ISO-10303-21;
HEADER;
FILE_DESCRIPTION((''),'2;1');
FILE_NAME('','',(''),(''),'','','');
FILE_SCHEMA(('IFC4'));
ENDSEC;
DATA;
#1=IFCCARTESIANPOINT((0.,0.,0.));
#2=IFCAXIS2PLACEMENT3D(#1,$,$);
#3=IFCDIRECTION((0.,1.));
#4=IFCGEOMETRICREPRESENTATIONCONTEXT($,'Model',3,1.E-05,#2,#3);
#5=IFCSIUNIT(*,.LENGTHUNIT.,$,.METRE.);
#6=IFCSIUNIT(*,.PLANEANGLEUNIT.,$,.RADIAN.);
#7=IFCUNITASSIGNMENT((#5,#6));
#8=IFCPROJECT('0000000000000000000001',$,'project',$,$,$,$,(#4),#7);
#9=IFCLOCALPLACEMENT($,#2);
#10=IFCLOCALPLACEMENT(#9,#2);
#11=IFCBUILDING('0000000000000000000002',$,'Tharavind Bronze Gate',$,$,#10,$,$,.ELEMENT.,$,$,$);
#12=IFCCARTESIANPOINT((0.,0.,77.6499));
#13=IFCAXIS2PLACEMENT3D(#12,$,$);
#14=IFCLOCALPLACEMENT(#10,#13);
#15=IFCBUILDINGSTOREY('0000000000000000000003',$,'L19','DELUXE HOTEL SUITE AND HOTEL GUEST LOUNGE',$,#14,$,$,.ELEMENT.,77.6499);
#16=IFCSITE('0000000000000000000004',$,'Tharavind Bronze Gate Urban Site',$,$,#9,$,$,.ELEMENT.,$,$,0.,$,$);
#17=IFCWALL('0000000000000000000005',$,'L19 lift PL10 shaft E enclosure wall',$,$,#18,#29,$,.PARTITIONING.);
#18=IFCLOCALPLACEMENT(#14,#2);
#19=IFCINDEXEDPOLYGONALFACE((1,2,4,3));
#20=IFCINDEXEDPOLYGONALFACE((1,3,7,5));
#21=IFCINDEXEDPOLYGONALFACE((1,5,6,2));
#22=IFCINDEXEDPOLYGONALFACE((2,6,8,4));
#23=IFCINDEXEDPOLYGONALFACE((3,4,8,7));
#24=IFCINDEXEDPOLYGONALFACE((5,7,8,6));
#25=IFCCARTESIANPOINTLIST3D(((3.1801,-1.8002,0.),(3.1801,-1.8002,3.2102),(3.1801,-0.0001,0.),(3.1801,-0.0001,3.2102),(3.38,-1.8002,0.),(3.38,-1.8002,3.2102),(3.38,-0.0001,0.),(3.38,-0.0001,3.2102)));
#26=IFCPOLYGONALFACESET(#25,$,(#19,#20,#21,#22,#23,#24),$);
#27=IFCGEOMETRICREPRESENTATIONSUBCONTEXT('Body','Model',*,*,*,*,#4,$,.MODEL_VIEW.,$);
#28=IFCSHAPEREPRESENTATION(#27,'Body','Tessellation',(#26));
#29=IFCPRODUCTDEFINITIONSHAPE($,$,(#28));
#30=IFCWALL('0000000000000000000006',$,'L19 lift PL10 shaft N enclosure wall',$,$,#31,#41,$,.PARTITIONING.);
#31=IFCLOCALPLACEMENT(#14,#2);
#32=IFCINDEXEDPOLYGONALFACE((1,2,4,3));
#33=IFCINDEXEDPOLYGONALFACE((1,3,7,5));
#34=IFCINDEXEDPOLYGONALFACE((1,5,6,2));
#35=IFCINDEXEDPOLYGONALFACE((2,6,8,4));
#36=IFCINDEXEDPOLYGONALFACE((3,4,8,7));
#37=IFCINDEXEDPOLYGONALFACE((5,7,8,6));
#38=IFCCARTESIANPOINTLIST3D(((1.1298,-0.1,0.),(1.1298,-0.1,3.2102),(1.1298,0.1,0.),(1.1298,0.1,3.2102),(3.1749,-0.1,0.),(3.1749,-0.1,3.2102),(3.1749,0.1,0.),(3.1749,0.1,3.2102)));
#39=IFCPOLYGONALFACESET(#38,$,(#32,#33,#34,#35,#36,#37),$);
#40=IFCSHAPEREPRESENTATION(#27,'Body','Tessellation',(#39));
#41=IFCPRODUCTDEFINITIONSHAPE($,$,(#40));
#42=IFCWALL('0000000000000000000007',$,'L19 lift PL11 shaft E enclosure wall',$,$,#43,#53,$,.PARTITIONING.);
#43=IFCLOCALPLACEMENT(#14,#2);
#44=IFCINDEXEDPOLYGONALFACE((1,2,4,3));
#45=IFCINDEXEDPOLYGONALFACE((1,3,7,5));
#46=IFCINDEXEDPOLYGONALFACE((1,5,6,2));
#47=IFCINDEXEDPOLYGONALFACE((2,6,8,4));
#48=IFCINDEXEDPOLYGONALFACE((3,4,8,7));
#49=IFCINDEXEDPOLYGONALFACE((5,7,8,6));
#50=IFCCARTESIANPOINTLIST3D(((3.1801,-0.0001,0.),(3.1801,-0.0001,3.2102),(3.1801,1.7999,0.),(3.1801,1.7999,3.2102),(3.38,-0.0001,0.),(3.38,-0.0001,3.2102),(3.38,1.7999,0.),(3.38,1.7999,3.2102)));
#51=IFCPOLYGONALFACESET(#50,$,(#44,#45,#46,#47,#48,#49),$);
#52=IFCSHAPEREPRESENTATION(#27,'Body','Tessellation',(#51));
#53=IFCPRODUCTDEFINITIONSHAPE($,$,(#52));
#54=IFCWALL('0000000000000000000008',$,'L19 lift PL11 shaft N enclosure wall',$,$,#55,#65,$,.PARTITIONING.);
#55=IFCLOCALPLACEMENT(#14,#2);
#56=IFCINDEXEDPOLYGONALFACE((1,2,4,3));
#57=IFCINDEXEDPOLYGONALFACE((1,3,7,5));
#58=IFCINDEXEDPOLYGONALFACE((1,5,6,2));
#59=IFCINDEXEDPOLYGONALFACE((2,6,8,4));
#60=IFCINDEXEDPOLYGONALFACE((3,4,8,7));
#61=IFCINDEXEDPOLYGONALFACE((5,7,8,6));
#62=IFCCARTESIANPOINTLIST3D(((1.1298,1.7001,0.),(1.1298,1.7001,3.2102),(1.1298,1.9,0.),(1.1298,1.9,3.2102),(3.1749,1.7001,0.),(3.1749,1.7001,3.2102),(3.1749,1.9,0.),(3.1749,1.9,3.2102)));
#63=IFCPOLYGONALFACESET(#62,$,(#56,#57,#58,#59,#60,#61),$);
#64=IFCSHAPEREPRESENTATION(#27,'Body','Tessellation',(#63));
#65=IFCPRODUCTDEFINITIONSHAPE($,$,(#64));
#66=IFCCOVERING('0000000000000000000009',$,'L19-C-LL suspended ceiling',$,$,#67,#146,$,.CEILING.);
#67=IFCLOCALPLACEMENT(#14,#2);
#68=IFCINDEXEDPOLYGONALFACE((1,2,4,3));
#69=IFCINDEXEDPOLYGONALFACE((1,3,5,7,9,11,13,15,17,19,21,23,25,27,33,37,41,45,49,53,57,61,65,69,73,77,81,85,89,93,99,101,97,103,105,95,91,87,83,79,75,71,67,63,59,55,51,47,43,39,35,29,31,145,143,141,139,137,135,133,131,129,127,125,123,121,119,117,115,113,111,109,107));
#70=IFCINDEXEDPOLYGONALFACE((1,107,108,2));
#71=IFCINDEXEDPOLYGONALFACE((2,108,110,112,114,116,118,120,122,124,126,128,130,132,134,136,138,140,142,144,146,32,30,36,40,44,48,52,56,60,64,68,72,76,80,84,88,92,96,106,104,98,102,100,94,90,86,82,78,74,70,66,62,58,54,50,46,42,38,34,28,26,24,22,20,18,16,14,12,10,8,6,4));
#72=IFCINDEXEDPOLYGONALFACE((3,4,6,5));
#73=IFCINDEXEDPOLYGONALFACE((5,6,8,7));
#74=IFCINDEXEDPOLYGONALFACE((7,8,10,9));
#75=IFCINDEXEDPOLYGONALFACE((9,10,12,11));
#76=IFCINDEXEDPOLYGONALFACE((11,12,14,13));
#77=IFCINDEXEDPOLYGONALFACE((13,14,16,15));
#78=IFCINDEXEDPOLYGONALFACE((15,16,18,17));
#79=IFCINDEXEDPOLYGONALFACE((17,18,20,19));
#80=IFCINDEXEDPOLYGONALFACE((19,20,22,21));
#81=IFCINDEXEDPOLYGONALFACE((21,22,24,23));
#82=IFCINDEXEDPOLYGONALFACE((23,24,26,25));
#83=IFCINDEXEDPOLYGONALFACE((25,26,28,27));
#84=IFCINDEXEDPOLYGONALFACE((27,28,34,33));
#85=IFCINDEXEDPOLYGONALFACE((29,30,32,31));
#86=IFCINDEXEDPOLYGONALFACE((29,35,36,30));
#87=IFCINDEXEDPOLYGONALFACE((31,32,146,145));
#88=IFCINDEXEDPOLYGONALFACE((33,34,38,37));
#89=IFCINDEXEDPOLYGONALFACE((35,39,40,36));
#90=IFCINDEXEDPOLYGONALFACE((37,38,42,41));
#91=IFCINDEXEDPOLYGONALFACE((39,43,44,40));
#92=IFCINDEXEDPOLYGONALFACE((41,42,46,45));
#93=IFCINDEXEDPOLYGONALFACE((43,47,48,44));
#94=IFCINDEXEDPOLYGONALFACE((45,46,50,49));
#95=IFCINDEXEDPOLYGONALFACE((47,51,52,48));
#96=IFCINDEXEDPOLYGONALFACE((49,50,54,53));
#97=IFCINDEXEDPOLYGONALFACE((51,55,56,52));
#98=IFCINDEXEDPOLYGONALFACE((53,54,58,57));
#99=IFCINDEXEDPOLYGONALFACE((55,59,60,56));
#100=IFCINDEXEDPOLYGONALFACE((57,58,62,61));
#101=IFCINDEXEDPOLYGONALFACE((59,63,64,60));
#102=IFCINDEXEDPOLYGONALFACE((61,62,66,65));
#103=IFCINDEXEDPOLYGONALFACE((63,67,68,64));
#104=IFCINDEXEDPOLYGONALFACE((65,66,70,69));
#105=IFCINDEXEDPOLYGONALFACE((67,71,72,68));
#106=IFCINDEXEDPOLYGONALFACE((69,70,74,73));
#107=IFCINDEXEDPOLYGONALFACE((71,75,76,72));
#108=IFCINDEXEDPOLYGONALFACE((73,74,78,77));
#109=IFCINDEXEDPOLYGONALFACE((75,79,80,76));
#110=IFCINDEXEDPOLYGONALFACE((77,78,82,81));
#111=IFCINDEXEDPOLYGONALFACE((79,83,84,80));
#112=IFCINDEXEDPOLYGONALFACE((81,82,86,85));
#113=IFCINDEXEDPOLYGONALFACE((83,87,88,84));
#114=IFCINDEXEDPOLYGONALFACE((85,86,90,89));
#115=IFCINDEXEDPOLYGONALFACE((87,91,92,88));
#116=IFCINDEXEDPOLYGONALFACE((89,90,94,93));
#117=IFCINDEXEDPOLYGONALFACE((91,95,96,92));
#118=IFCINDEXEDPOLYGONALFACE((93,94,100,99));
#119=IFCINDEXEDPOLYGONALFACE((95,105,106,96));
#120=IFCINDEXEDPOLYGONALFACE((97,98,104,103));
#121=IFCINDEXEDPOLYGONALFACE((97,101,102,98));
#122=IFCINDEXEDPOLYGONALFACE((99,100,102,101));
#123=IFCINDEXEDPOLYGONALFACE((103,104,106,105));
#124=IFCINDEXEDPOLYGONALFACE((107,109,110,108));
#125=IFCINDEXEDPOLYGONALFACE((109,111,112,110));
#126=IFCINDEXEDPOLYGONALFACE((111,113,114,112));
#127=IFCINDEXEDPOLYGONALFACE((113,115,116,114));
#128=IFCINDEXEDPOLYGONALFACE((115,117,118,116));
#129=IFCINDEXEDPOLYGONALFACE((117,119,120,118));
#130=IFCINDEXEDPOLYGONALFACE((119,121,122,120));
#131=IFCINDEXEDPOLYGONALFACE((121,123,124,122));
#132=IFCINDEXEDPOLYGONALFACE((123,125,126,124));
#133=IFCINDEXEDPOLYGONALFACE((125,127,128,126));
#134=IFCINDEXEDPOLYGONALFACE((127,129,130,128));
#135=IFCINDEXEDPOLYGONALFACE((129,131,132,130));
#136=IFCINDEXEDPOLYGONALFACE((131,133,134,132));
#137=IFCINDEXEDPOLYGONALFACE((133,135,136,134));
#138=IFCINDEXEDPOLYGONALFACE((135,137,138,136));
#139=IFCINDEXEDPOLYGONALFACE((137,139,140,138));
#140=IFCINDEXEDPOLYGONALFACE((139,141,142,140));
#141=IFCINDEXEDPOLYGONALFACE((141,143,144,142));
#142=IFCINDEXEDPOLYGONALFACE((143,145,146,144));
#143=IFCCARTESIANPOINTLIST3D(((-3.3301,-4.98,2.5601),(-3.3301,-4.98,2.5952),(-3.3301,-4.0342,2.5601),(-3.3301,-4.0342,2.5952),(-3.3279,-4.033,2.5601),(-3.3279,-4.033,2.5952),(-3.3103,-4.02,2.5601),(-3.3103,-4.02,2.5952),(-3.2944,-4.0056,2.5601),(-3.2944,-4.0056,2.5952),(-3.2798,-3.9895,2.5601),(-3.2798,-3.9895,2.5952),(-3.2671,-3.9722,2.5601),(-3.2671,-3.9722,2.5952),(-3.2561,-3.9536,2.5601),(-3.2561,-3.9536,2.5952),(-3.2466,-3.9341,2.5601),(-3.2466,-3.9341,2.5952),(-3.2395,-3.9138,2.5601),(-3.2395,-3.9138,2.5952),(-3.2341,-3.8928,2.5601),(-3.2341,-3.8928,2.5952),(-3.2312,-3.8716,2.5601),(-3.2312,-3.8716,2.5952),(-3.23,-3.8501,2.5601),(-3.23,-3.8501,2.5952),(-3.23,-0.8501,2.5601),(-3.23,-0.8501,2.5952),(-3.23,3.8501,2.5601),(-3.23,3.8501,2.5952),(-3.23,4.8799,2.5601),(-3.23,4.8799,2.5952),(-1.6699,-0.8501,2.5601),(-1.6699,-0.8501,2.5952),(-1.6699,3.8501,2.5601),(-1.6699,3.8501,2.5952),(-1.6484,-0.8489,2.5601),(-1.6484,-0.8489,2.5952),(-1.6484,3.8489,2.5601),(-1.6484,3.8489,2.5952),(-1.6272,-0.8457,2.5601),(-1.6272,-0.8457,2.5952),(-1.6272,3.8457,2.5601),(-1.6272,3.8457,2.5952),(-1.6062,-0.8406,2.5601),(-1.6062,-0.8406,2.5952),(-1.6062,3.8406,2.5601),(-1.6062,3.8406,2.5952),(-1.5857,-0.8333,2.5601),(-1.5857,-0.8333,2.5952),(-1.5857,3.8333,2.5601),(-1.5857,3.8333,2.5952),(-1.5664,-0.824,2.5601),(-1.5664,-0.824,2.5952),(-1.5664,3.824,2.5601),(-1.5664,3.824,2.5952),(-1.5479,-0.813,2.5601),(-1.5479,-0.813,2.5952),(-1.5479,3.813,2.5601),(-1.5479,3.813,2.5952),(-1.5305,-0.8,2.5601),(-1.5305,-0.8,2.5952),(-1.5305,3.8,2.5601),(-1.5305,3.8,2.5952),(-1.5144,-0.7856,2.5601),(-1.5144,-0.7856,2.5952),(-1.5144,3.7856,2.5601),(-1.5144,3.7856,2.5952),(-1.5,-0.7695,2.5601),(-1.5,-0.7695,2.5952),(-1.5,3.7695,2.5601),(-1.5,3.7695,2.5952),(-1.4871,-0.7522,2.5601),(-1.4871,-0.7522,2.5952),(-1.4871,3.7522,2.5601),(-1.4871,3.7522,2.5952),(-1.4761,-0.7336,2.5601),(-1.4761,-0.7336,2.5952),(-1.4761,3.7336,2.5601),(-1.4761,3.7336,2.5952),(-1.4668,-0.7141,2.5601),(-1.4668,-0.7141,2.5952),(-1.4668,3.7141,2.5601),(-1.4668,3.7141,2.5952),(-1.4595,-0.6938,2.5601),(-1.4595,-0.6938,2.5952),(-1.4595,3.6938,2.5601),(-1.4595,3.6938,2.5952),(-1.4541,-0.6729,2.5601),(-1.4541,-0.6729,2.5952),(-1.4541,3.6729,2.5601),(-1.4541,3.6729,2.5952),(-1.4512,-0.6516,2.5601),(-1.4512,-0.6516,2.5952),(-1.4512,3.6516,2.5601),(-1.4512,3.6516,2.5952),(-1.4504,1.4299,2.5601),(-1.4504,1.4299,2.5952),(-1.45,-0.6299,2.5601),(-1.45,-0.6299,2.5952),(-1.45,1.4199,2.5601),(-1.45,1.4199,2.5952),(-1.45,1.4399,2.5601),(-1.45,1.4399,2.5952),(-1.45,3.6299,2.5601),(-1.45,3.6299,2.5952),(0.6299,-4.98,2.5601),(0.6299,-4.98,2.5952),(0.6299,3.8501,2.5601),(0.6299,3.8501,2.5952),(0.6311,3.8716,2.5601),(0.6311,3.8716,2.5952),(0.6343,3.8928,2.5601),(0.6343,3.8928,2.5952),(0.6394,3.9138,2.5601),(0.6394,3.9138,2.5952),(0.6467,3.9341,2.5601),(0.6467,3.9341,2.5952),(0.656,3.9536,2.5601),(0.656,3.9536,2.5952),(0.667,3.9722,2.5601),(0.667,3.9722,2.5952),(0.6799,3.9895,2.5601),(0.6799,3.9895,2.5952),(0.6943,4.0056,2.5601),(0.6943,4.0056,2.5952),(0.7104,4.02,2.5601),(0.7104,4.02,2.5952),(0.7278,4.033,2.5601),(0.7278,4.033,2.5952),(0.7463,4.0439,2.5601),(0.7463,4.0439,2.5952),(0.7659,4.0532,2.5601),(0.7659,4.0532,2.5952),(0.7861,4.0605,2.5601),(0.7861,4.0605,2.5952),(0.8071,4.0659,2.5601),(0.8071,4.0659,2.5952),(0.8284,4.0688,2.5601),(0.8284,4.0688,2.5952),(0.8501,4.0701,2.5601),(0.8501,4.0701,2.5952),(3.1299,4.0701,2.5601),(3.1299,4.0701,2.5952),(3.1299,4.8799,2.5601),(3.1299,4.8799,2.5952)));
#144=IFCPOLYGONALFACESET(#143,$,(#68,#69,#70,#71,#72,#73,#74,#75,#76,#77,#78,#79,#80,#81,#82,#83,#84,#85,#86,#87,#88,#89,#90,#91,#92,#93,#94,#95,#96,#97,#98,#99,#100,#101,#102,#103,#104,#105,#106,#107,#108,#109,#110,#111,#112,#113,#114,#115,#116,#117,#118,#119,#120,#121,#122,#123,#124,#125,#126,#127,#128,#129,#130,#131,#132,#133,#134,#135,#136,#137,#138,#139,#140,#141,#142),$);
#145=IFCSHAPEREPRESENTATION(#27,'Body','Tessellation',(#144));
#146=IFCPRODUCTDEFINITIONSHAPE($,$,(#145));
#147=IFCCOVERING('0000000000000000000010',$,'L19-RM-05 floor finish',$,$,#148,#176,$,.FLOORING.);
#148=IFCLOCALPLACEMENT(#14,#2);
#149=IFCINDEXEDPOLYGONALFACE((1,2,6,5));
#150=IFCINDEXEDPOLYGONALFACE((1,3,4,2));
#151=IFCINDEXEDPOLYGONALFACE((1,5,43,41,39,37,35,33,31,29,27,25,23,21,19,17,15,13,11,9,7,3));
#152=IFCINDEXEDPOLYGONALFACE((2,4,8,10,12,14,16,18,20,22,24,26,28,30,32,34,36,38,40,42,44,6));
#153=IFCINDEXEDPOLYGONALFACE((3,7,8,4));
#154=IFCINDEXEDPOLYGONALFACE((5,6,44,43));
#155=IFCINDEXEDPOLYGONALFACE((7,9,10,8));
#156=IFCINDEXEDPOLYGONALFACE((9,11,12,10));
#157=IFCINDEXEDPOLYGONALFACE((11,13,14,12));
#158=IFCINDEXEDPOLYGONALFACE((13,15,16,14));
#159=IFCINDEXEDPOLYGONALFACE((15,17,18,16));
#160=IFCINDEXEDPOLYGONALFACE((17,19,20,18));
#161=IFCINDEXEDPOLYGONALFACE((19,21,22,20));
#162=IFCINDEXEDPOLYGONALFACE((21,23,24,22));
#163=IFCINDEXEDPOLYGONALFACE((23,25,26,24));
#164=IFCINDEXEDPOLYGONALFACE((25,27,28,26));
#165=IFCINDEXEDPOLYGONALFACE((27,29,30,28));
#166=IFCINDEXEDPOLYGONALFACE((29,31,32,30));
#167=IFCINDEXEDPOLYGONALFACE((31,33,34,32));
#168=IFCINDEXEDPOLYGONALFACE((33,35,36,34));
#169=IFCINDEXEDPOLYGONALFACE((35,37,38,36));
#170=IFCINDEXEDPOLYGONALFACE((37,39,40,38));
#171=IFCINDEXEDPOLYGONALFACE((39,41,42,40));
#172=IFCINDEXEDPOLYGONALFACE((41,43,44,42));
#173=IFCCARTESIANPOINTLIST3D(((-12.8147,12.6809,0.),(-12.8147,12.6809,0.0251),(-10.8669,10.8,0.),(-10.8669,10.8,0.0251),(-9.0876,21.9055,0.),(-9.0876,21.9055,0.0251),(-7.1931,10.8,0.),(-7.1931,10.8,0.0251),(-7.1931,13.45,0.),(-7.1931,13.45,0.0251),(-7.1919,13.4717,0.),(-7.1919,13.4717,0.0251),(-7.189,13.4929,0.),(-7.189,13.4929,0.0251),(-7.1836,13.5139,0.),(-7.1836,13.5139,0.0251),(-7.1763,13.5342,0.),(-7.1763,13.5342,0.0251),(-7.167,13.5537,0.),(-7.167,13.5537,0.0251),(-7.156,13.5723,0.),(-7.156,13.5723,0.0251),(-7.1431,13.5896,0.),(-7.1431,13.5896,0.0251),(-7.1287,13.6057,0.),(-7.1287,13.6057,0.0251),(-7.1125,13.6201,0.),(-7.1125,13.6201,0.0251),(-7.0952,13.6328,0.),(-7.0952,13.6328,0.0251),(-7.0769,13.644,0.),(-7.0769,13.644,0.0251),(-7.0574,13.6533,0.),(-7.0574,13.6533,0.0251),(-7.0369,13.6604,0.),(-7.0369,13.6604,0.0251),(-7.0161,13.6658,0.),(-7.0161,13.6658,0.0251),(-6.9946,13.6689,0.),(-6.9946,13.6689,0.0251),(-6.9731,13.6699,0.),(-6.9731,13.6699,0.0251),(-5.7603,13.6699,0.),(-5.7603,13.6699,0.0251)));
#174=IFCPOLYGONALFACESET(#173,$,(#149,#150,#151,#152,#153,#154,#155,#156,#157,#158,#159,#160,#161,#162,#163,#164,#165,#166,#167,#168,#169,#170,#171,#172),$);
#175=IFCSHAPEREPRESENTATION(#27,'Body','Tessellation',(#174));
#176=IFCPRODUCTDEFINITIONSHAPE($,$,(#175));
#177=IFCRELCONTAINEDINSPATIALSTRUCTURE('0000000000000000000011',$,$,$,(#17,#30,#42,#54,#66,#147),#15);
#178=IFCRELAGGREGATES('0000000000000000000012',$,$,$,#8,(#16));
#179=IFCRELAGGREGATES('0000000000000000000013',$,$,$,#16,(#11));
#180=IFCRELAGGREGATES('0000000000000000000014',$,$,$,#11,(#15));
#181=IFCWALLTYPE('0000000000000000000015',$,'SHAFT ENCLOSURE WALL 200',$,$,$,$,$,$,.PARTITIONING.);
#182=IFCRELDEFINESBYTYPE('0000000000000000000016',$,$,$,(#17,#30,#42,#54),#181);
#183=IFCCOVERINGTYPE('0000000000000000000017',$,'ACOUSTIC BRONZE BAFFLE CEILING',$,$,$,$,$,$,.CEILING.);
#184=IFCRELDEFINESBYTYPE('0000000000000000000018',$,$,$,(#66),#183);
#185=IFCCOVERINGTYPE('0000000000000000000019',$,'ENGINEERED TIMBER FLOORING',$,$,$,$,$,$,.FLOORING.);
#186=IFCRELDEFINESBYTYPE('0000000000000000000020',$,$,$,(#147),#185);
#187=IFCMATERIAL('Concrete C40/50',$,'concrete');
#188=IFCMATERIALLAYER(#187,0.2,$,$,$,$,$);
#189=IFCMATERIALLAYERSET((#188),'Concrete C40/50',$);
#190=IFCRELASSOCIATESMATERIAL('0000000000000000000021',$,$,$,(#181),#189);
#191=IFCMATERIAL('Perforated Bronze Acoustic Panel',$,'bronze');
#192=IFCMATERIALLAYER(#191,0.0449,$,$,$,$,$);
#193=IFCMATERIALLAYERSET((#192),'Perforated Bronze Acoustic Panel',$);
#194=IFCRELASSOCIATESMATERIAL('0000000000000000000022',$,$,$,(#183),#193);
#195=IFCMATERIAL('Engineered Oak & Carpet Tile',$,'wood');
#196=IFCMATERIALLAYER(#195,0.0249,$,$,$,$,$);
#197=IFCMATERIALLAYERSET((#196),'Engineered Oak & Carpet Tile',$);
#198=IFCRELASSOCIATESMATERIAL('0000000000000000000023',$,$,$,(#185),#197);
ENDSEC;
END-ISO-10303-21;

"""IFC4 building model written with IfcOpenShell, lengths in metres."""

from ifc_helpers import new_model, si_unit, direction, frame, frame_2d, origin, place, context, subcontext, project, spatial, polyline, rectangle, outline, extrude, material, layer, layer_set, type_object, element, save


model = new_model("IFC4")

# Units and contexts
model_context = context("Model", 3, precision=1e-05, world=origin(), true_north=direction((0.0, 1.0)))
body_context = subcontext(model_context, "Body", "Model", "MODEL_VIEW")
ifc_project = project(units=[si_unit("LENGTHUNIT", "METRE"), si_unit("PLANEANGLEUNIT", "RADIAN")], contexts=[model_context])

# Site, building, storey
site_placement = place(None, origin())
site = spatial("IfcSite", under=ifc_project, at=site_placement, Name="Tharavind Bronze Gate Urban Site", CompositionType="ELEMENT", RefElevation=0.0)
building_placement = place(site_placement, origin())
building = spatial("IfcBuilding", under=site, at=building_placement, Name="Tharavind Bronze Gate", CompositionType="ELEMENT")
storey_placement = place(building_placement, frame((0.0, 0.0, 77.6499)))
storey = spatial("IfcBuildingStorey", under=building, at=storey_placement, Name="L19", Description="DELUXE HOTEL SUITE AND HOTEL GUEST LOUNGE", CompositionType="ELEMENT", Elevation=77.6499)

# Shared definitions
ifc_material_1 = material(Name="Concrete C40/50", Category="concrete")

# Walls
ifc_layer_1 = layer(ifc_material_1, 0.2)
ifc_layer_set_1 = layer_set([ifc_layer_1], Name="Concrete C40/50")
wall_type_1 = type_object("IfcWallType", Name="SHAFT ENCLOSURE WALL 200", PredefinedType="PARTITIONING", material=ifc_layer_set_1)
wall_1_placement = place(storey_placement, frame((3.28, -1.8, 0.0), z_axis=(0.0, 0.0, 1.0), x_axis=(0.0, 1.0, 0.0)))
element("IfcWall", 1, at=wall_1_placement, inside=storey, type_object=wall_type_1, Name="L19 lift PL10 shaft E enclosure wall", PredefinedType="PARTITIONING", context=body_context, shape_type="SweptSolid", body=[
    extrude(rectangle(XDim=1.8, YDim=0.2, at=frame_2d((0.8999, 0.0))), origin(), (0.0, 0.0, 1.0), 3.2102),
])
wall_2_placement = place(storey_placement, frame((1.1299, 0.0, 0.0), z_axis=(0.0, 0.0, 1.0), x_axis=(1.0, 0.0, 0.0)))
element("IfcWall", 2, at=wall_2_placement, inside=storey, type_object=wall_type_1, Name="L19 lift PL10 shaft N enclosure wall", PredefinedType="PARTITIONING", context=body_context, shape_type="SweptSolid", body=[
    extrude(rectangle(XDim=2.0452, YDim=0.2, at=frame_2d((1.0225, 0.0))), origin(), (0.0, 0.0, 1.0), 3.2102),
])
wall_3_placement = place(storey_placement, frame((3.28, 0.0, 0.0), z_axis=(0.0, 0.0, 1.0), x_axis=(0.0, 1.0, 0.0)))
element("IfcWall", 3, at=wall_3_placement, inside=storey, type_object=wall_type_1, Name="L19 lift PL11 shaft E enclosure wall", PredefinedType="PARTITIONING", context=body_context, shape_type="SweptSolid", body=[
    extrude(rectangle(XDim=1.8, YDim=0.2, at=frame_2d((0.8999, 0.0))), origin(), (0.0, 0.0, 1.0), 3.2102),
])
wall_4_placement = place(storey_placement, frame((1.1299, 1.8, 0.0), z_axis=(0.0, 0.0, 1.0), x_axis=(1.0, 0.0, 0.0)))
element("IfcWall", 4, at=wall_4_placement, inside=storey, type_object=wall_type_1, Name="L19 lift PL11 shaft N enclosure wall", PredefinedType="PARTITIONING", context=body_context, shape_type="SweptSolid", body=[
    extrude(rectangle(XDim=2.0452, YDim=0.2, at=frame_2d((1.0225, 0.0))), origin(), (0.0, 0.0, 1.0), 3.2102),
])

# Coverings
ifc_material_2 = material(Name="Perforated Bronze Acoustic Panel", Category="bronze")
ifc_layer_2 = layer(ifc_material_2, 0.0449)
ifc_layer_set_2 = layer_set([ifc_layer_2], Name="Perforated Bronze Acoustic Panel")
covering_type_1 = type_object("IfcCoveringType", Name="ACOUSTIC BRONZE BAFFLE CEILING", PredefinedType="CEILING", material=ifc_layer_set_2)
covering_1_placement = place(storey_placement, frame((0.0, 0.0, 2.5601)))
element("IfcCovering", 5, at=covering_1_placement, inside=storey, type_object=covering_type_1, Name="L19-C-LL suspended ceiling", PredefinedType="CEILING", context=body_context, shape_type="SweptSolid", body=[
    extrude(outline(polyline([(-3.3301, -4.98), (0.6299, -4.98), (0.6299, 3.8501), (0.6311, 3.8716), (0.6343, 3.8928), (0.6394, 3.9138), (0.6467, 3.9341), (0.656, 3.9536), (0.667, 3.9722), (0.6799, 3.9895), (0.6943, 4.0056), (0.7104, 4.02), (0.7278, 4.033), (0.7463, 4.0439), (0.7659, 4.0532), (0.7861, 4.0605), (0.8071, 4.0659), (0.8284, 4.0688), (0.8501, 4.0701), (3.1299, 4.0701), (3.1299, 4.8799), (-3.23, 4.8799), (-3.23, 3.8501), (-1.6699, 3.8501), (-1.6484, 3.8489), (-1.6272, 3.8457), (-1.6062, 3.8406), (-1.5857, 3.8333), (-1.5664, 3.824), (-1.5479, 3.813), (-1.5305, 3.8), (-1.5144, 3.7856), (-1.5, 3.7695), (-1.4871, 3.7522), (-1.4761, 3.7336), (-1.4668, 3.7141), (-1.4595, 3.6938), (-1.4541, 3.6729), (-1.4512, 3.6516), (-1.45, 3.6299), (-1.45, 1.4399), (-1.4504, 1.4299), (-1.45, 1.4199), (-1.45, -0.6299), (-1.4512, -0.6516), (-1.4541, -0.6729), (-1.4595, -0.6938), (-1.4668, -0.7141), (-1.4761, -0.7336), (-1.4871, -0.7522), (-1.5, -0.7695), (-1.5144, -0.7856), (-1.5305, -0.8), (-1.5479, -0.813), (-1.5664, -0.824), (-1.5857, -0.8333), (-1.6062, -0.8406), (-1.6272, -0.8457), (-1.6484, -0.8489), (-1.6699, -0.8501), (-3.23, -0.8501), (-3.23, -3.8501), (-3.2312, -3.8716), (-3.2341, -3.8928), (-3.2395, -3.9138), (-3.2466, -3.9341), (-3.2561, -3.9536), (-3.2671, -3.9722), (-3.2798, -3.9895), (-3.2944, -4.0056), (-3.3103, -4.02), (-3.3279, -4.033), (-3.3301, -4.0342), (-3.3301, -4.98)])), origin(), (0.0, 0.0, 1.0), 0.0352),
])
ifc_material_3 = material(Name="Engineered Oak & Carpet Tile", Category="wood")
ifc_layer_3 = layer(ifc_material_3, 0.0249)
ifc_layer_set_3 = layer_set([ifc_layer_3], Name="Engineered Oak & Carpet Tile")
covering_type_2 = type_object("IfcCoveringType", Name="ENGINEERED TIMBER FLOORING", PredefinedType="FLOORING", material=ifc_layer_set_3)
covering_2_placement = place(storey_placement, origin())
element("IfcCovering", 6, at=covering_2_placement, inside=storey, type_object=covering_type_2, Name="L19-RM-05 floor finish", PredefinedType="FLOORING", context=body_context, shape_type="SweptSolid", body=[
    extrude(outline(polyline([(-10.8669, 10.8), (-7.1931, 10.8), (-7.1931, 13.45), (-7.1919, 13.4717), (-7.189, 13.4929), (-7.1836, 13.5139), (-7.1763, 13.5342), (-7.167, 13.5537), (-7.156, 13.5723), (-7.1431, 13.5896), (-7.1287, 13.6057), (-7.1125, 13.6201), (-7.0952, 13.6328), (-7.0769, 13.644), (-7.0574, 13.6533), (-7.0369, 13.6604), (-7.0161, 13.6658), (-6.9946, 13.6689), (-6.9731, 13.6699), (-5.7603, 13.6699), (-9.0876, 21.9055), (-12.8147, 12.6809), (-10.8669, 10.8)])), origin(), (0.0, 0.0, 1.0), 0.0251),
])

save(model, "model.ifc")
